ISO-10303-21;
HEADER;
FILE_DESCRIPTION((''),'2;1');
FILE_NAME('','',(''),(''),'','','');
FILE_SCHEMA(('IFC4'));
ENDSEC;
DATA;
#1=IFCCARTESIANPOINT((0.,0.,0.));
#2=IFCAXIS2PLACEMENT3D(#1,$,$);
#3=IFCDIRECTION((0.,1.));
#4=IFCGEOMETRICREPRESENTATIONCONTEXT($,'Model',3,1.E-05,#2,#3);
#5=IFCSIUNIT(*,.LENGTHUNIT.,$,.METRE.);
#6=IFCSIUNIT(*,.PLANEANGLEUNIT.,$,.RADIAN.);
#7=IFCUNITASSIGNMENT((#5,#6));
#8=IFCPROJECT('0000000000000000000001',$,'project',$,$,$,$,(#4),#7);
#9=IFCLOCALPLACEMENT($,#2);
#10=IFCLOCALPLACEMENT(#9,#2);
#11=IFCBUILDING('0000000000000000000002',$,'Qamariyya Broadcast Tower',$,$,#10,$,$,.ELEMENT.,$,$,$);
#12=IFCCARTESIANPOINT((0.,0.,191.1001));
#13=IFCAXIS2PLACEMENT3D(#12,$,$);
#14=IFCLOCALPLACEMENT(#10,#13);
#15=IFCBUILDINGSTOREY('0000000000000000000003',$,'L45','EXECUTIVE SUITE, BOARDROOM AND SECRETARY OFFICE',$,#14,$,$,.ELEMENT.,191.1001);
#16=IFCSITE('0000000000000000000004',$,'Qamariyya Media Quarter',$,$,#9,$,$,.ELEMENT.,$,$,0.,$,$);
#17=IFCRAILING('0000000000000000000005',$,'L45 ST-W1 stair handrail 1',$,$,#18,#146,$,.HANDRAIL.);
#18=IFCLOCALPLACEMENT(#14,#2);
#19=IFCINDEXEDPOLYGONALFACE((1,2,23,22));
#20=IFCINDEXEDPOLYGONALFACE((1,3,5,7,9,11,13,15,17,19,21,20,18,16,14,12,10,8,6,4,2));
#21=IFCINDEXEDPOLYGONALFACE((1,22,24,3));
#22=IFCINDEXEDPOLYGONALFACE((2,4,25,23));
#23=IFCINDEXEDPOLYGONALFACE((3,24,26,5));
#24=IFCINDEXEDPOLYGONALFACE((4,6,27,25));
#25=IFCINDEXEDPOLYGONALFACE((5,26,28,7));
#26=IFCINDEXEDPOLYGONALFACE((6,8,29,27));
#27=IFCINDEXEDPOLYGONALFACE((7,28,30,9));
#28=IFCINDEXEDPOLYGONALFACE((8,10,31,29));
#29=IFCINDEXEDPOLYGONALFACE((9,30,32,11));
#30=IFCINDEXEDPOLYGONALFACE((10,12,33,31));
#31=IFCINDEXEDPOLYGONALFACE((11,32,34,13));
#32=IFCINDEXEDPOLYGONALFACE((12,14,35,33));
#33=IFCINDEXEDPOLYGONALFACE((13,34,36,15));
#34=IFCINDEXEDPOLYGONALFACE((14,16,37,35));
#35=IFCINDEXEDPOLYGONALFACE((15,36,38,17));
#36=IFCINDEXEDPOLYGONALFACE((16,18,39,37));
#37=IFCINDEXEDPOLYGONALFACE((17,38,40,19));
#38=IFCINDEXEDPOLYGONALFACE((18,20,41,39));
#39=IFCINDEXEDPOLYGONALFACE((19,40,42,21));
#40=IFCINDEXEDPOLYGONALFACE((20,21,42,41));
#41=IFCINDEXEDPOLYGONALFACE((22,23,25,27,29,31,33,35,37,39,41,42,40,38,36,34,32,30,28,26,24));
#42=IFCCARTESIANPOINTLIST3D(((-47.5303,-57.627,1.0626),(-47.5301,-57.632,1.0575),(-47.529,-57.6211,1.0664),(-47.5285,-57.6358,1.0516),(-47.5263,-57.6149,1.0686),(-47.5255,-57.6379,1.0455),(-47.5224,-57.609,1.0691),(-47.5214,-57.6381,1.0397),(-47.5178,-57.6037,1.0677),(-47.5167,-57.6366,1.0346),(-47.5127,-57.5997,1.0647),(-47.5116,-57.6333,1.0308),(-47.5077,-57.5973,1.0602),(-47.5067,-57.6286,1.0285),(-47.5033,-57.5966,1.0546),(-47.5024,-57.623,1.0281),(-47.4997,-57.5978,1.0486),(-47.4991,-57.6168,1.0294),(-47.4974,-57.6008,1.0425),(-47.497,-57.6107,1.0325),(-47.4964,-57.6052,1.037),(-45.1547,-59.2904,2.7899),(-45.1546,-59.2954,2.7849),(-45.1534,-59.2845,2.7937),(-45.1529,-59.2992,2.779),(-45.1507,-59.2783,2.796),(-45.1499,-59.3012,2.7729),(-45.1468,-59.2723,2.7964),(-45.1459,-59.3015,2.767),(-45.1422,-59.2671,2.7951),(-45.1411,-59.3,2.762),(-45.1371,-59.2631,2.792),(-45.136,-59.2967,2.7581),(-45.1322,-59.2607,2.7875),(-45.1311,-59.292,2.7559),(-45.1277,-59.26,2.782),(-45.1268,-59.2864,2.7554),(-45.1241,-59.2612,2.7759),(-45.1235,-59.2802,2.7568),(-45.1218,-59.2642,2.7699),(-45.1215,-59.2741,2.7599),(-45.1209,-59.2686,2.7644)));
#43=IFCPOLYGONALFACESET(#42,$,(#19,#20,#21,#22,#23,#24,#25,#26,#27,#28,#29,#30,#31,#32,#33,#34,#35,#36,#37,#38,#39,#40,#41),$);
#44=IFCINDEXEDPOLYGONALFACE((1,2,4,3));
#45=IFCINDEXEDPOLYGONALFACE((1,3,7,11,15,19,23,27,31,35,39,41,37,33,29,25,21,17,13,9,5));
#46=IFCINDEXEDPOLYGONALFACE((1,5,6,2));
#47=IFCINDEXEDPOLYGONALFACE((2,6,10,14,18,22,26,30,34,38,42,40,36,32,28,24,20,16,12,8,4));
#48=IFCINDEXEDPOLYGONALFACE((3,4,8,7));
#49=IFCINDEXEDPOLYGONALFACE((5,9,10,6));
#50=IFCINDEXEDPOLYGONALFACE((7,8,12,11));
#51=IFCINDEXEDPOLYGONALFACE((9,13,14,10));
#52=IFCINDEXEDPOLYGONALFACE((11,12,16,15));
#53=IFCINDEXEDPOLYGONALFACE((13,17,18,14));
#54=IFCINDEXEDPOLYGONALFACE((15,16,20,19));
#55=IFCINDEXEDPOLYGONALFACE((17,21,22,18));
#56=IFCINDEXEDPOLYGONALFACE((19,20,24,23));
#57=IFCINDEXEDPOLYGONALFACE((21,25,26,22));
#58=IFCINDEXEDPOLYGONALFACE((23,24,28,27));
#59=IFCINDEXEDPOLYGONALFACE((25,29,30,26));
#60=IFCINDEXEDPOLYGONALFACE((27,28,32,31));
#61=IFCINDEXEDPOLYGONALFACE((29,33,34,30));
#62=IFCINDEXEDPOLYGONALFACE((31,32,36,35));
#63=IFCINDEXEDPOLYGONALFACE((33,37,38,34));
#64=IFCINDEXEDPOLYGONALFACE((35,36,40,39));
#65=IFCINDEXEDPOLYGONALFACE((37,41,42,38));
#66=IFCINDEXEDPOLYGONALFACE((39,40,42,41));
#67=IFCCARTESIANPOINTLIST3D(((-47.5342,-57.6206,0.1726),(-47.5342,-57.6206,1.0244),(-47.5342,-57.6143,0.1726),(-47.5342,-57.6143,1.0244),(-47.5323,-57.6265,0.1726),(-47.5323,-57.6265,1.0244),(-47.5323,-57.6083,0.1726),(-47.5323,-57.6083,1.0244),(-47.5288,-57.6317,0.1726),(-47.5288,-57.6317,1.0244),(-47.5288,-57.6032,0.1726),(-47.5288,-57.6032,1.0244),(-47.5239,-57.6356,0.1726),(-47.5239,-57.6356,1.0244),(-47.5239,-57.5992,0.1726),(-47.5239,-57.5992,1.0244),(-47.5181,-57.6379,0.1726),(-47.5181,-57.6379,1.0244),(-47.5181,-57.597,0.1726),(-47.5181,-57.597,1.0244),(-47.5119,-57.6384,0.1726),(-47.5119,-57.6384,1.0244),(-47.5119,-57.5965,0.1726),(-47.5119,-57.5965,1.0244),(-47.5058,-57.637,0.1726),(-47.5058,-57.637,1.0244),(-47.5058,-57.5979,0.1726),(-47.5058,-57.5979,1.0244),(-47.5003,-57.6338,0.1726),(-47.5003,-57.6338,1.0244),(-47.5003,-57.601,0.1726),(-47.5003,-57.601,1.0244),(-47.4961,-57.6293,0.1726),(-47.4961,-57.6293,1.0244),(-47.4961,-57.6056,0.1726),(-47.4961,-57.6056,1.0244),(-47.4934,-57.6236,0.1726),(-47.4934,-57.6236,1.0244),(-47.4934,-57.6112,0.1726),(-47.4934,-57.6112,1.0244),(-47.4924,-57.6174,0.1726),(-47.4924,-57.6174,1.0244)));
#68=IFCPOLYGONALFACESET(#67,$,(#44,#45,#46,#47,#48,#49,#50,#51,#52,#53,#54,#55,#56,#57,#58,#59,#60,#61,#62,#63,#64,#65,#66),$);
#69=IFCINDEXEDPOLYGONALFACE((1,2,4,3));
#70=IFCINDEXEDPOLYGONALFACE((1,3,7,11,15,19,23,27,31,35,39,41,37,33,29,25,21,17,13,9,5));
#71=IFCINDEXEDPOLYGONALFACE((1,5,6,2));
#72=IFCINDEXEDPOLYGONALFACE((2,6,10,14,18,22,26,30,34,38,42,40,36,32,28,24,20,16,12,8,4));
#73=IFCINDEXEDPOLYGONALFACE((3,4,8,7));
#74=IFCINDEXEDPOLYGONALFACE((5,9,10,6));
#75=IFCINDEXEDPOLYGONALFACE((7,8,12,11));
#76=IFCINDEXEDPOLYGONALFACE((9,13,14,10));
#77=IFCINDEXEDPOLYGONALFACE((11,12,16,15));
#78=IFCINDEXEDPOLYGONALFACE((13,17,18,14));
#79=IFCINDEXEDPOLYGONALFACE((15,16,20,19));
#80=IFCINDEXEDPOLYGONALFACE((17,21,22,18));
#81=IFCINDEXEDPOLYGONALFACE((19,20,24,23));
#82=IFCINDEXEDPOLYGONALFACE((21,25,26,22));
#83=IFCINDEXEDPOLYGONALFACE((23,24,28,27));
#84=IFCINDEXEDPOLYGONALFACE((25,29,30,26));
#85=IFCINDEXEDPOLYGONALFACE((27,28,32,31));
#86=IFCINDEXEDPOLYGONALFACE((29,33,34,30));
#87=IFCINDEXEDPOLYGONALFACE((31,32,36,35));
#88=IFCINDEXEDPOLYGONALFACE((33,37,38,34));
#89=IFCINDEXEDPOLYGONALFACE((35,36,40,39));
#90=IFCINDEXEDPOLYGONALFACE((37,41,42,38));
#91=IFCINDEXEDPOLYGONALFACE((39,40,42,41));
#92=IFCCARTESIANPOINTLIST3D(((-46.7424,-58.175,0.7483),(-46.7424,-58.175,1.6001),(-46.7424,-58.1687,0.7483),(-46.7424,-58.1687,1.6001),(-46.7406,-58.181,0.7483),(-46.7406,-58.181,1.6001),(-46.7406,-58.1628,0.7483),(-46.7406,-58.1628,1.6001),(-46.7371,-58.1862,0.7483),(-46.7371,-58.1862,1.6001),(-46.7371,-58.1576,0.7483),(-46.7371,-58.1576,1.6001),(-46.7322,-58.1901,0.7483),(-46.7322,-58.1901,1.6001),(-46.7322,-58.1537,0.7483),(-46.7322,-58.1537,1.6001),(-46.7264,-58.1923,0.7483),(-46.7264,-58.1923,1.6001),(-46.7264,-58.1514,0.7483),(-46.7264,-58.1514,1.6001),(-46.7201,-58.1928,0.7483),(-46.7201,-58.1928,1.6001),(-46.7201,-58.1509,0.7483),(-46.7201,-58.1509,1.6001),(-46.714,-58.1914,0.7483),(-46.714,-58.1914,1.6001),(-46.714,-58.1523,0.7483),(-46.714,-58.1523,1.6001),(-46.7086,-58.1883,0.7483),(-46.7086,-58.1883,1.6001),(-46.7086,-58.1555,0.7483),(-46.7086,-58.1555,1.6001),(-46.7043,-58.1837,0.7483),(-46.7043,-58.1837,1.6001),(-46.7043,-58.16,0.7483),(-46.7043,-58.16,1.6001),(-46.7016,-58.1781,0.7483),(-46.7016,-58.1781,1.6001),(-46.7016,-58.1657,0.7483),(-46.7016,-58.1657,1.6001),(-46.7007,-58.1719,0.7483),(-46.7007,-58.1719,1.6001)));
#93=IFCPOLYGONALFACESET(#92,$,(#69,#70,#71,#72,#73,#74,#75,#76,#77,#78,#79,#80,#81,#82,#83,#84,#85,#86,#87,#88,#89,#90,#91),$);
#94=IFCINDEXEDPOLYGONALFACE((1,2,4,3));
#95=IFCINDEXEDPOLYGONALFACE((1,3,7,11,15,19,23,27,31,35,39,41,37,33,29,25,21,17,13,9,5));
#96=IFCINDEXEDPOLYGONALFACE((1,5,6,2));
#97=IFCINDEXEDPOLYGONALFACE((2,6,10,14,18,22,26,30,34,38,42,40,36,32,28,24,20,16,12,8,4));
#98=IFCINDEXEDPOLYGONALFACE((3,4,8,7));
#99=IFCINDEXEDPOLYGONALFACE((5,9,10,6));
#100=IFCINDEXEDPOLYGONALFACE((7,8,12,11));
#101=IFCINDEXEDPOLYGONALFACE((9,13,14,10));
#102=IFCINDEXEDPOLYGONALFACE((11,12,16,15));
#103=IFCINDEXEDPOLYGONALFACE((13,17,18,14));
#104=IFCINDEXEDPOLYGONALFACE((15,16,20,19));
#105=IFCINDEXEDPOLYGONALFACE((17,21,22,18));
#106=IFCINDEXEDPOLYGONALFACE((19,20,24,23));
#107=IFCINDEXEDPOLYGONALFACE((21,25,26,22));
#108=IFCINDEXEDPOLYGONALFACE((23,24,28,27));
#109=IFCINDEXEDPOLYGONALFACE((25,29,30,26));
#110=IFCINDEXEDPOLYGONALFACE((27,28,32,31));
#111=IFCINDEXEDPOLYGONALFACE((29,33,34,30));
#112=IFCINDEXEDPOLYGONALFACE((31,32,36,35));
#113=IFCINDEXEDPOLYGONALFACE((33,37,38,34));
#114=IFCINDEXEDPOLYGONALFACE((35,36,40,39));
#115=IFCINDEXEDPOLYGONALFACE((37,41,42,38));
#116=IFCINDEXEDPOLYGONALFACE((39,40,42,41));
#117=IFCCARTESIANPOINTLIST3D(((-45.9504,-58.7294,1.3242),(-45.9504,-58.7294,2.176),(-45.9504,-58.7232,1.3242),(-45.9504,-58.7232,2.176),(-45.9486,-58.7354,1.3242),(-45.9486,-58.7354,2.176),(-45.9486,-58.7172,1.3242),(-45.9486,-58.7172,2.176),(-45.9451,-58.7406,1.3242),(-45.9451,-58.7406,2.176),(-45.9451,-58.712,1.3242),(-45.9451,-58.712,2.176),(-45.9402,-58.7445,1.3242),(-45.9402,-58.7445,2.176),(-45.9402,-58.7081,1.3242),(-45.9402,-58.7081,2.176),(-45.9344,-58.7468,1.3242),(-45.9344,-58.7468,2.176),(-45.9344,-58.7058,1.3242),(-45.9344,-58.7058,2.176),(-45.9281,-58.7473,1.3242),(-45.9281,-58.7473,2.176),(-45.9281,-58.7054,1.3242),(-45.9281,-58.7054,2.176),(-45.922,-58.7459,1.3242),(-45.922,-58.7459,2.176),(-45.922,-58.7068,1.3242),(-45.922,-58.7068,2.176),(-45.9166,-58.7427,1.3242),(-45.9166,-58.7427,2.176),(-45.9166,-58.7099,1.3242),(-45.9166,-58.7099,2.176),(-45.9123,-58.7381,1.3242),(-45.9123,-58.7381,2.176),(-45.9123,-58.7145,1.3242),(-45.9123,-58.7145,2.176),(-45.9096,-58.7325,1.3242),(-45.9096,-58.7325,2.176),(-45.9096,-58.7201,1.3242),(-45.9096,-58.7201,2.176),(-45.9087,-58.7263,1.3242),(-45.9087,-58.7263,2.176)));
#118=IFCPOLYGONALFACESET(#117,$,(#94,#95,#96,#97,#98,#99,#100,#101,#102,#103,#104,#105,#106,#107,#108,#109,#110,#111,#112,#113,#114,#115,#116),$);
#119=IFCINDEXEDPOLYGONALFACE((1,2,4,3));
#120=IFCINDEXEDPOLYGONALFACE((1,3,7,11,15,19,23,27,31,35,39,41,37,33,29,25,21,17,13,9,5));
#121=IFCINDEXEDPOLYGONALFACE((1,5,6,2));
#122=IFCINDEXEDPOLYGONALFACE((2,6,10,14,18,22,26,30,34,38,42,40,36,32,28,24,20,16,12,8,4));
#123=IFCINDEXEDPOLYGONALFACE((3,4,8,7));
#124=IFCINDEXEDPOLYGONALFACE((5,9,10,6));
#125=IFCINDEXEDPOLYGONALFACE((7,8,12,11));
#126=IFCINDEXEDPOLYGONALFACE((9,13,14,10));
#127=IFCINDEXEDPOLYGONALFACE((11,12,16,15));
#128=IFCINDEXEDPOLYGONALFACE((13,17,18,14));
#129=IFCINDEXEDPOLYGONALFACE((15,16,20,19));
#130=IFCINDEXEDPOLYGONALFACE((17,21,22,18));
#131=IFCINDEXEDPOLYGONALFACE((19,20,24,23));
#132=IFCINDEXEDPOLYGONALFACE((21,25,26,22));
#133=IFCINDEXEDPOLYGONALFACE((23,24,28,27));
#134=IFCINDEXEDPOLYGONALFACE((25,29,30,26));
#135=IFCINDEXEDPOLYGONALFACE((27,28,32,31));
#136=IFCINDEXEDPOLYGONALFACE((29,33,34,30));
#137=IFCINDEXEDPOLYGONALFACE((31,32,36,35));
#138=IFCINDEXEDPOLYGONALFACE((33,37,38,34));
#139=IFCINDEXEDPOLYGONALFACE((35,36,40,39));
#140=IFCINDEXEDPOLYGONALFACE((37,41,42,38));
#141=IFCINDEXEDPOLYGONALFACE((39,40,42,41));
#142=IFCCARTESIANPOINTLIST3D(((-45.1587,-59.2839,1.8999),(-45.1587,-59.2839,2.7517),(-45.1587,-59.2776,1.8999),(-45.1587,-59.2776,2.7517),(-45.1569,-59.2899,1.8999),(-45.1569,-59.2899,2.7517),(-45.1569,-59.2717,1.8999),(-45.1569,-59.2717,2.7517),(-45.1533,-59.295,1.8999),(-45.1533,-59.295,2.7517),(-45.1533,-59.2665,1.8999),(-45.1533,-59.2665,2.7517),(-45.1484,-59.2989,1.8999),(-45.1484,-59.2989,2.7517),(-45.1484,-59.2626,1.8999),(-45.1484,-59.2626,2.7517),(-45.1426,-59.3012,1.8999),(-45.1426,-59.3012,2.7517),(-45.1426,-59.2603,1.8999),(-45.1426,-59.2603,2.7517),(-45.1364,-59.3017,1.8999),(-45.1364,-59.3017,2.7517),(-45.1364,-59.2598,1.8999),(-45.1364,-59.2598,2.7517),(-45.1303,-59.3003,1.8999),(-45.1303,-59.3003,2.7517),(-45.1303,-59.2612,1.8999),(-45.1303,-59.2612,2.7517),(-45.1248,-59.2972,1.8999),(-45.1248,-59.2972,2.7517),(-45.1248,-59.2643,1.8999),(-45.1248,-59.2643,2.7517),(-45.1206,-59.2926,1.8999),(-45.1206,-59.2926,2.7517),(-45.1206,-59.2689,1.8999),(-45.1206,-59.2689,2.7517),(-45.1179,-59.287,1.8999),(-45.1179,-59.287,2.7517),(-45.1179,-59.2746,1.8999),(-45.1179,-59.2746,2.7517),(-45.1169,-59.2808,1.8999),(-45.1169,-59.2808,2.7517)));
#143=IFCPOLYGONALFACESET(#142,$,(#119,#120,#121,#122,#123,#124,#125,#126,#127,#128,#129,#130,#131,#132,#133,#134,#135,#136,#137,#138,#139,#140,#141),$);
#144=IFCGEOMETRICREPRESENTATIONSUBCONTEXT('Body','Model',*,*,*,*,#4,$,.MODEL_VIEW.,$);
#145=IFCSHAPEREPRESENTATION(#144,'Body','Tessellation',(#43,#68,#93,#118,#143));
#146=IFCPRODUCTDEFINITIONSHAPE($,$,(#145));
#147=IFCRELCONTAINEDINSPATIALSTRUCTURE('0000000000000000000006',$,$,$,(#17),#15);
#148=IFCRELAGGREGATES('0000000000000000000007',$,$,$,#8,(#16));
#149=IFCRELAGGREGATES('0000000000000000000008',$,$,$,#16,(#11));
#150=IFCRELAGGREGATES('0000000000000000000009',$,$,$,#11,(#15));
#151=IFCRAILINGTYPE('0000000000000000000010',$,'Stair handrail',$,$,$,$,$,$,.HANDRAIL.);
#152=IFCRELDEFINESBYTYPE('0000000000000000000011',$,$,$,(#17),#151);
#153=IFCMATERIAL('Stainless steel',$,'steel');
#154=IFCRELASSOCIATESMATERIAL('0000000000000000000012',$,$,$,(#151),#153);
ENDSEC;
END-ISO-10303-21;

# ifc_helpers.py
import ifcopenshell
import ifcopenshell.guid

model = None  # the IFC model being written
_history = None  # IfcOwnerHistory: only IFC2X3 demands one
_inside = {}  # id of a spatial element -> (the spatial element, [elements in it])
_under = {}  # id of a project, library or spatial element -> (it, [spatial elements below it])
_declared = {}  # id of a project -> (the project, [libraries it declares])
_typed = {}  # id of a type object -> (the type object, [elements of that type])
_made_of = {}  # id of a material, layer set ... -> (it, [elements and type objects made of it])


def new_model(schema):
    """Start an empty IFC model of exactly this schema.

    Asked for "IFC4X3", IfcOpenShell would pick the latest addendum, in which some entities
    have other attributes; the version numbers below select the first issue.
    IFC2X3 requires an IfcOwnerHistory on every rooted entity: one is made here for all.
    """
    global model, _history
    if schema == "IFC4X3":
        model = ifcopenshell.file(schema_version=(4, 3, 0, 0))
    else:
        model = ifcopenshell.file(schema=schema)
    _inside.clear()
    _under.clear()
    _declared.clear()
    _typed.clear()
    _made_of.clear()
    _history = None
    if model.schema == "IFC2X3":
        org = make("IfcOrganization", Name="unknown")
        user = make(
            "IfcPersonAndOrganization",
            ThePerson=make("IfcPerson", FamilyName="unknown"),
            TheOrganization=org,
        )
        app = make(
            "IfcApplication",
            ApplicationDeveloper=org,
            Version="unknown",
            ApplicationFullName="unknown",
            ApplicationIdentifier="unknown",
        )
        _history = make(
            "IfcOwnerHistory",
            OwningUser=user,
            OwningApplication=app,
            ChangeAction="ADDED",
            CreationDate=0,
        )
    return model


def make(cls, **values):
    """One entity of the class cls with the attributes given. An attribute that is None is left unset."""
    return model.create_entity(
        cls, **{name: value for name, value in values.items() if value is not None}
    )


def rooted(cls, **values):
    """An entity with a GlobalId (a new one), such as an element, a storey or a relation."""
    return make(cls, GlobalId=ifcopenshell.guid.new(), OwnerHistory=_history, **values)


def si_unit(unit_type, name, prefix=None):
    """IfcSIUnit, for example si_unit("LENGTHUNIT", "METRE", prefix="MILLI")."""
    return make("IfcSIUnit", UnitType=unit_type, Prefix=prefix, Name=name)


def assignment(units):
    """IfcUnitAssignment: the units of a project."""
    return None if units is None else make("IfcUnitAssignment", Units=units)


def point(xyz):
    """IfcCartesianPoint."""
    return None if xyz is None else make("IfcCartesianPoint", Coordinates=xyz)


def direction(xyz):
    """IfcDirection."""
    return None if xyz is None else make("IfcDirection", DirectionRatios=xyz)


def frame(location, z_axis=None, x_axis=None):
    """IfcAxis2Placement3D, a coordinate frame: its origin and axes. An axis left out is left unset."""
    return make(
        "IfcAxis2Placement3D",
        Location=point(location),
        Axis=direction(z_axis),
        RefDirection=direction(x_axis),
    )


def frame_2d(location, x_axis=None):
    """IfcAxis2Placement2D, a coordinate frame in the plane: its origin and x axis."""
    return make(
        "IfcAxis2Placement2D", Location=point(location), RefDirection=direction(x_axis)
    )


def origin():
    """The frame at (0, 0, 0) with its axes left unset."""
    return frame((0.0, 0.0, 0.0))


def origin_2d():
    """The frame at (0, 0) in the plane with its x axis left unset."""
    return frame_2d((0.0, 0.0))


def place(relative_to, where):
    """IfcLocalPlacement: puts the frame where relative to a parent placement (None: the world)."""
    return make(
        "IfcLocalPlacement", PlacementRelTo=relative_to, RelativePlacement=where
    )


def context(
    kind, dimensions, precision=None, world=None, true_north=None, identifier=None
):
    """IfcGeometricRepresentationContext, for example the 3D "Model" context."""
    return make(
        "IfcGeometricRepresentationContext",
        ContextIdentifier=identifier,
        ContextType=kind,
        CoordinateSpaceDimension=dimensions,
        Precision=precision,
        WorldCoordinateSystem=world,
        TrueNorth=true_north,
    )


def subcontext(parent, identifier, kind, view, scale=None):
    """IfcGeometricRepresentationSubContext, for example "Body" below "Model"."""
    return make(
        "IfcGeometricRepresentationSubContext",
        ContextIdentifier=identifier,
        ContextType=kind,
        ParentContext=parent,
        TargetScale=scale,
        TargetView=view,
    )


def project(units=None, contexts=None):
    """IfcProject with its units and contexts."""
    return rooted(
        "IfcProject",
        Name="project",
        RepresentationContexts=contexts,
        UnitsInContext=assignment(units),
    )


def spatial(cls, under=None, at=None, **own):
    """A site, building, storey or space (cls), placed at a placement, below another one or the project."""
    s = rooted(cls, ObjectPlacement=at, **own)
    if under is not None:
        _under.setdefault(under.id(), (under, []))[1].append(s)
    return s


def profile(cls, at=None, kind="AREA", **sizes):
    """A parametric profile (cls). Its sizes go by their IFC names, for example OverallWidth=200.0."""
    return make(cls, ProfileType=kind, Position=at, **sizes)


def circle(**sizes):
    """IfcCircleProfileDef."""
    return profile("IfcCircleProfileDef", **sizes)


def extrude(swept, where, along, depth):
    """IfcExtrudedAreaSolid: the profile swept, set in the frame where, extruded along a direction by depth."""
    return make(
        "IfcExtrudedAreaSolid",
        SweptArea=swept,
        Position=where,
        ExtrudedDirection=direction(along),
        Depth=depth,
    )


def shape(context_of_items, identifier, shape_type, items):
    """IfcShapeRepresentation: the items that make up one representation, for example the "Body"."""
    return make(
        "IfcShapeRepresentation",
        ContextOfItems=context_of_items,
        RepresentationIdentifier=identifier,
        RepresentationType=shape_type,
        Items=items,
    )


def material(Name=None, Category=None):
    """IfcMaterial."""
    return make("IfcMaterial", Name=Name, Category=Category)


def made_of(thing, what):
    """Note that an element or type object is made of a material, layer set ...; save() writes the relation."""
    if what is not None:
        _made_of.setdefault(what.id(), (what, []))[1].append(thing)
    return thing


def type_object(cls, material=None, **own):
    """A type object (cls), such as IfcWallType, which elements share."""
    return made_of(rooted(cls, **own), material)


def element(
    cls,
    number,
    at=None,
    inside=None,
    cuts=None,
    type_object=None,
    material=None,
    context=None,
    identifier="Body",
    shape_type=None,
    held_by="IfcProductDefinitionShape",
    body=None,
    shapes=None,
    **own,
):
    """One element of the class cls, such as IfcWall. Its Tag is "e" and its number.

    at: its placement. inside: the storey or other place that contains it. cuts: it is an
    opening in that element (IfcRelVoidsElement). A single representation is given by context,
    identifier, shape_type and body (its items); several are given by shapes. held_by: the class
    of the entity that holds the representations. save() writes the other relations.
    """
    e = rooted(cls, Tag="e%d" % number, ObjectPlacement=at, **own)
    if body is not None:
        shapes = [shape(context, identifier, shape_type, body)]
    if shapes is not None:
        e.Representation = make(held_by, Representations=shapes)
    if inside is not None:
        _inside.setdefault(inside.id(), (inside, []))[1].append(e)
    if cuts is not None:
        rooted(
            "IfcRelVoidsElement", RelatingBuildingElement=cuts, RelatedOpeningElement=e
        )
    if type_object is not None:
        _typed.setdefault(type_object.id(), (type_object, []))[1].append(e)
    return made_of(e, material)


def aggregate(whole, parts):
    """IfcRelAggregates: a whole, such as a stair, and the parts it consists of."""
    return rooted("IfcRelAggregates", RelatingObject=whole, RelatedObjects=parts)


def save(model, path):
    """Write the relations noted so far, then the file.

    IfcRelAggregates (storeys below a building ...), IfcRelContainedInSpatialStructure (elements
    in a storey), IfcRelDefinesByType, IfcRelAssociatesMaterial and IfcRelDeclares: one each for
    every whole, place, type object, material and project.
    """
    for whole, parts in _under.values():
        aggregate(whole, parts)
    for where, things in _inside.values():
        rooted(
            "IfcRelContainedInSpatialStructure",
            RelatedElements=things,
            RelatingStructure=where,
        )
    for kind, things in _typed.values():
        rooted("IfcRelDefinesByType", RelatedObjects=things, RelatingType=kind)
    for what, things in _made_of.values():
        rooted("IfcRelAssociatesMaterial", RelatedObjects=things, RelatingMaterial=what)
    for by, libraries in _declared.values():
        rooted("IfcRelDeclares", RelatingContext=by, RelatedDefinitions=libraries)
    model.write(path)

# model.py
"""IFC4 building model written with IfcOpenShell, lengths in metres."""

from ifc_helpers import new_model, si_unit, direction, frame, origin, origin_2d, place, context, subcontext, project, spatial, circle, extrude, material, type_object, element, save


model = new_model("IFC4")

# Units and contexts
model_context = context("Model", 3, precision=1e-05, world=origin(), true_north=direction((0.0, 1.0)))
body_context = subcontext(model_context, "Body", "Model", "MODEL_VIEW")
ifc_project = project(units=[si_unit("LENGTHUNIT", "METRE"), si_unit("PLANEANGLEUNIT", "RADIAN")], contexts=[model_context])

# Site, building, storey
site_placement = place(None, origin())
site = spatial("IfcSite", under=ifc_project, at=site_placement, Name="Qamariyya Media Quarter", CompositionType="ELEMENT", RefElevation=0.0)
building_placement = place(site_placement, origin())
building = spatial("IfcBuilding", under=site, at=building_placement, Name="Qamariyya Broadcast Tower", CompositionType="ELEMENT")
storey_placement = place(building_placement, frame((0.0, 0.0, 191.1001)))
storey = spatial("IfcBuildingStorey", under=building, at=storey_placement, Name="L45", Description="EXECUTIVE SUITE, BOARDROOM AND SECRETARY OFFICE", CompositionType="ELEMENT", Elevation=191.1001)

# Railing
ifc_material_1 = material(Name="Stainless steel", Category="steel")
railing_type_1 = type_object("IfcRailingType", Name="Stair handrail", PredefinedType="HANDRAIL", material=ifc_material_1)
railing_1_placement = place(storey_placement, frame((-47.5134, -57.6174, 0.1726)))
element("IfcRailing", 1, at=railing_1_placement, inside=storey, type_object=railing_type_1, Name="L45 ST-W1 stair handrail 1", PredefinedType="HANDRAIL", context=body_context, shape_type="SweptSolid", body=[
    extrude(circle(Radius=0.0239, at=origin_2d()), frame((0.0, 0.0, 0.876), z_axis=(0.70377, -0.492784, 0.511734), x_axis=(0.573575, 0.819153, 0.0)), (0.0, 0.0, 1.0), 3.3755),
    extrude(circle(Radius=0.021, at=origin_2d()), origin(), (0.0, 0.0, 1.0), 0.8518),
    extrude(circle(Radius=0.021, at=origin_2d()), frame((0.7917, -0.5544, 0.5757)), (0.0, 0.0, 1.0), 0.8518),
    extrude(circle(Radius=0.021, at=origin_2d()), frame((1.5837, -1.1089, 1.1516)), (0.0, 0.0, 1.0), 0.8518),
    extrude(circle(Radius=0.021, at=origin_2d()), frame((2.3755, -1.6633, 1.7273)), (0.0, 0.0, 1.0), 0.8518),
])

save(model, "model.ifc")
